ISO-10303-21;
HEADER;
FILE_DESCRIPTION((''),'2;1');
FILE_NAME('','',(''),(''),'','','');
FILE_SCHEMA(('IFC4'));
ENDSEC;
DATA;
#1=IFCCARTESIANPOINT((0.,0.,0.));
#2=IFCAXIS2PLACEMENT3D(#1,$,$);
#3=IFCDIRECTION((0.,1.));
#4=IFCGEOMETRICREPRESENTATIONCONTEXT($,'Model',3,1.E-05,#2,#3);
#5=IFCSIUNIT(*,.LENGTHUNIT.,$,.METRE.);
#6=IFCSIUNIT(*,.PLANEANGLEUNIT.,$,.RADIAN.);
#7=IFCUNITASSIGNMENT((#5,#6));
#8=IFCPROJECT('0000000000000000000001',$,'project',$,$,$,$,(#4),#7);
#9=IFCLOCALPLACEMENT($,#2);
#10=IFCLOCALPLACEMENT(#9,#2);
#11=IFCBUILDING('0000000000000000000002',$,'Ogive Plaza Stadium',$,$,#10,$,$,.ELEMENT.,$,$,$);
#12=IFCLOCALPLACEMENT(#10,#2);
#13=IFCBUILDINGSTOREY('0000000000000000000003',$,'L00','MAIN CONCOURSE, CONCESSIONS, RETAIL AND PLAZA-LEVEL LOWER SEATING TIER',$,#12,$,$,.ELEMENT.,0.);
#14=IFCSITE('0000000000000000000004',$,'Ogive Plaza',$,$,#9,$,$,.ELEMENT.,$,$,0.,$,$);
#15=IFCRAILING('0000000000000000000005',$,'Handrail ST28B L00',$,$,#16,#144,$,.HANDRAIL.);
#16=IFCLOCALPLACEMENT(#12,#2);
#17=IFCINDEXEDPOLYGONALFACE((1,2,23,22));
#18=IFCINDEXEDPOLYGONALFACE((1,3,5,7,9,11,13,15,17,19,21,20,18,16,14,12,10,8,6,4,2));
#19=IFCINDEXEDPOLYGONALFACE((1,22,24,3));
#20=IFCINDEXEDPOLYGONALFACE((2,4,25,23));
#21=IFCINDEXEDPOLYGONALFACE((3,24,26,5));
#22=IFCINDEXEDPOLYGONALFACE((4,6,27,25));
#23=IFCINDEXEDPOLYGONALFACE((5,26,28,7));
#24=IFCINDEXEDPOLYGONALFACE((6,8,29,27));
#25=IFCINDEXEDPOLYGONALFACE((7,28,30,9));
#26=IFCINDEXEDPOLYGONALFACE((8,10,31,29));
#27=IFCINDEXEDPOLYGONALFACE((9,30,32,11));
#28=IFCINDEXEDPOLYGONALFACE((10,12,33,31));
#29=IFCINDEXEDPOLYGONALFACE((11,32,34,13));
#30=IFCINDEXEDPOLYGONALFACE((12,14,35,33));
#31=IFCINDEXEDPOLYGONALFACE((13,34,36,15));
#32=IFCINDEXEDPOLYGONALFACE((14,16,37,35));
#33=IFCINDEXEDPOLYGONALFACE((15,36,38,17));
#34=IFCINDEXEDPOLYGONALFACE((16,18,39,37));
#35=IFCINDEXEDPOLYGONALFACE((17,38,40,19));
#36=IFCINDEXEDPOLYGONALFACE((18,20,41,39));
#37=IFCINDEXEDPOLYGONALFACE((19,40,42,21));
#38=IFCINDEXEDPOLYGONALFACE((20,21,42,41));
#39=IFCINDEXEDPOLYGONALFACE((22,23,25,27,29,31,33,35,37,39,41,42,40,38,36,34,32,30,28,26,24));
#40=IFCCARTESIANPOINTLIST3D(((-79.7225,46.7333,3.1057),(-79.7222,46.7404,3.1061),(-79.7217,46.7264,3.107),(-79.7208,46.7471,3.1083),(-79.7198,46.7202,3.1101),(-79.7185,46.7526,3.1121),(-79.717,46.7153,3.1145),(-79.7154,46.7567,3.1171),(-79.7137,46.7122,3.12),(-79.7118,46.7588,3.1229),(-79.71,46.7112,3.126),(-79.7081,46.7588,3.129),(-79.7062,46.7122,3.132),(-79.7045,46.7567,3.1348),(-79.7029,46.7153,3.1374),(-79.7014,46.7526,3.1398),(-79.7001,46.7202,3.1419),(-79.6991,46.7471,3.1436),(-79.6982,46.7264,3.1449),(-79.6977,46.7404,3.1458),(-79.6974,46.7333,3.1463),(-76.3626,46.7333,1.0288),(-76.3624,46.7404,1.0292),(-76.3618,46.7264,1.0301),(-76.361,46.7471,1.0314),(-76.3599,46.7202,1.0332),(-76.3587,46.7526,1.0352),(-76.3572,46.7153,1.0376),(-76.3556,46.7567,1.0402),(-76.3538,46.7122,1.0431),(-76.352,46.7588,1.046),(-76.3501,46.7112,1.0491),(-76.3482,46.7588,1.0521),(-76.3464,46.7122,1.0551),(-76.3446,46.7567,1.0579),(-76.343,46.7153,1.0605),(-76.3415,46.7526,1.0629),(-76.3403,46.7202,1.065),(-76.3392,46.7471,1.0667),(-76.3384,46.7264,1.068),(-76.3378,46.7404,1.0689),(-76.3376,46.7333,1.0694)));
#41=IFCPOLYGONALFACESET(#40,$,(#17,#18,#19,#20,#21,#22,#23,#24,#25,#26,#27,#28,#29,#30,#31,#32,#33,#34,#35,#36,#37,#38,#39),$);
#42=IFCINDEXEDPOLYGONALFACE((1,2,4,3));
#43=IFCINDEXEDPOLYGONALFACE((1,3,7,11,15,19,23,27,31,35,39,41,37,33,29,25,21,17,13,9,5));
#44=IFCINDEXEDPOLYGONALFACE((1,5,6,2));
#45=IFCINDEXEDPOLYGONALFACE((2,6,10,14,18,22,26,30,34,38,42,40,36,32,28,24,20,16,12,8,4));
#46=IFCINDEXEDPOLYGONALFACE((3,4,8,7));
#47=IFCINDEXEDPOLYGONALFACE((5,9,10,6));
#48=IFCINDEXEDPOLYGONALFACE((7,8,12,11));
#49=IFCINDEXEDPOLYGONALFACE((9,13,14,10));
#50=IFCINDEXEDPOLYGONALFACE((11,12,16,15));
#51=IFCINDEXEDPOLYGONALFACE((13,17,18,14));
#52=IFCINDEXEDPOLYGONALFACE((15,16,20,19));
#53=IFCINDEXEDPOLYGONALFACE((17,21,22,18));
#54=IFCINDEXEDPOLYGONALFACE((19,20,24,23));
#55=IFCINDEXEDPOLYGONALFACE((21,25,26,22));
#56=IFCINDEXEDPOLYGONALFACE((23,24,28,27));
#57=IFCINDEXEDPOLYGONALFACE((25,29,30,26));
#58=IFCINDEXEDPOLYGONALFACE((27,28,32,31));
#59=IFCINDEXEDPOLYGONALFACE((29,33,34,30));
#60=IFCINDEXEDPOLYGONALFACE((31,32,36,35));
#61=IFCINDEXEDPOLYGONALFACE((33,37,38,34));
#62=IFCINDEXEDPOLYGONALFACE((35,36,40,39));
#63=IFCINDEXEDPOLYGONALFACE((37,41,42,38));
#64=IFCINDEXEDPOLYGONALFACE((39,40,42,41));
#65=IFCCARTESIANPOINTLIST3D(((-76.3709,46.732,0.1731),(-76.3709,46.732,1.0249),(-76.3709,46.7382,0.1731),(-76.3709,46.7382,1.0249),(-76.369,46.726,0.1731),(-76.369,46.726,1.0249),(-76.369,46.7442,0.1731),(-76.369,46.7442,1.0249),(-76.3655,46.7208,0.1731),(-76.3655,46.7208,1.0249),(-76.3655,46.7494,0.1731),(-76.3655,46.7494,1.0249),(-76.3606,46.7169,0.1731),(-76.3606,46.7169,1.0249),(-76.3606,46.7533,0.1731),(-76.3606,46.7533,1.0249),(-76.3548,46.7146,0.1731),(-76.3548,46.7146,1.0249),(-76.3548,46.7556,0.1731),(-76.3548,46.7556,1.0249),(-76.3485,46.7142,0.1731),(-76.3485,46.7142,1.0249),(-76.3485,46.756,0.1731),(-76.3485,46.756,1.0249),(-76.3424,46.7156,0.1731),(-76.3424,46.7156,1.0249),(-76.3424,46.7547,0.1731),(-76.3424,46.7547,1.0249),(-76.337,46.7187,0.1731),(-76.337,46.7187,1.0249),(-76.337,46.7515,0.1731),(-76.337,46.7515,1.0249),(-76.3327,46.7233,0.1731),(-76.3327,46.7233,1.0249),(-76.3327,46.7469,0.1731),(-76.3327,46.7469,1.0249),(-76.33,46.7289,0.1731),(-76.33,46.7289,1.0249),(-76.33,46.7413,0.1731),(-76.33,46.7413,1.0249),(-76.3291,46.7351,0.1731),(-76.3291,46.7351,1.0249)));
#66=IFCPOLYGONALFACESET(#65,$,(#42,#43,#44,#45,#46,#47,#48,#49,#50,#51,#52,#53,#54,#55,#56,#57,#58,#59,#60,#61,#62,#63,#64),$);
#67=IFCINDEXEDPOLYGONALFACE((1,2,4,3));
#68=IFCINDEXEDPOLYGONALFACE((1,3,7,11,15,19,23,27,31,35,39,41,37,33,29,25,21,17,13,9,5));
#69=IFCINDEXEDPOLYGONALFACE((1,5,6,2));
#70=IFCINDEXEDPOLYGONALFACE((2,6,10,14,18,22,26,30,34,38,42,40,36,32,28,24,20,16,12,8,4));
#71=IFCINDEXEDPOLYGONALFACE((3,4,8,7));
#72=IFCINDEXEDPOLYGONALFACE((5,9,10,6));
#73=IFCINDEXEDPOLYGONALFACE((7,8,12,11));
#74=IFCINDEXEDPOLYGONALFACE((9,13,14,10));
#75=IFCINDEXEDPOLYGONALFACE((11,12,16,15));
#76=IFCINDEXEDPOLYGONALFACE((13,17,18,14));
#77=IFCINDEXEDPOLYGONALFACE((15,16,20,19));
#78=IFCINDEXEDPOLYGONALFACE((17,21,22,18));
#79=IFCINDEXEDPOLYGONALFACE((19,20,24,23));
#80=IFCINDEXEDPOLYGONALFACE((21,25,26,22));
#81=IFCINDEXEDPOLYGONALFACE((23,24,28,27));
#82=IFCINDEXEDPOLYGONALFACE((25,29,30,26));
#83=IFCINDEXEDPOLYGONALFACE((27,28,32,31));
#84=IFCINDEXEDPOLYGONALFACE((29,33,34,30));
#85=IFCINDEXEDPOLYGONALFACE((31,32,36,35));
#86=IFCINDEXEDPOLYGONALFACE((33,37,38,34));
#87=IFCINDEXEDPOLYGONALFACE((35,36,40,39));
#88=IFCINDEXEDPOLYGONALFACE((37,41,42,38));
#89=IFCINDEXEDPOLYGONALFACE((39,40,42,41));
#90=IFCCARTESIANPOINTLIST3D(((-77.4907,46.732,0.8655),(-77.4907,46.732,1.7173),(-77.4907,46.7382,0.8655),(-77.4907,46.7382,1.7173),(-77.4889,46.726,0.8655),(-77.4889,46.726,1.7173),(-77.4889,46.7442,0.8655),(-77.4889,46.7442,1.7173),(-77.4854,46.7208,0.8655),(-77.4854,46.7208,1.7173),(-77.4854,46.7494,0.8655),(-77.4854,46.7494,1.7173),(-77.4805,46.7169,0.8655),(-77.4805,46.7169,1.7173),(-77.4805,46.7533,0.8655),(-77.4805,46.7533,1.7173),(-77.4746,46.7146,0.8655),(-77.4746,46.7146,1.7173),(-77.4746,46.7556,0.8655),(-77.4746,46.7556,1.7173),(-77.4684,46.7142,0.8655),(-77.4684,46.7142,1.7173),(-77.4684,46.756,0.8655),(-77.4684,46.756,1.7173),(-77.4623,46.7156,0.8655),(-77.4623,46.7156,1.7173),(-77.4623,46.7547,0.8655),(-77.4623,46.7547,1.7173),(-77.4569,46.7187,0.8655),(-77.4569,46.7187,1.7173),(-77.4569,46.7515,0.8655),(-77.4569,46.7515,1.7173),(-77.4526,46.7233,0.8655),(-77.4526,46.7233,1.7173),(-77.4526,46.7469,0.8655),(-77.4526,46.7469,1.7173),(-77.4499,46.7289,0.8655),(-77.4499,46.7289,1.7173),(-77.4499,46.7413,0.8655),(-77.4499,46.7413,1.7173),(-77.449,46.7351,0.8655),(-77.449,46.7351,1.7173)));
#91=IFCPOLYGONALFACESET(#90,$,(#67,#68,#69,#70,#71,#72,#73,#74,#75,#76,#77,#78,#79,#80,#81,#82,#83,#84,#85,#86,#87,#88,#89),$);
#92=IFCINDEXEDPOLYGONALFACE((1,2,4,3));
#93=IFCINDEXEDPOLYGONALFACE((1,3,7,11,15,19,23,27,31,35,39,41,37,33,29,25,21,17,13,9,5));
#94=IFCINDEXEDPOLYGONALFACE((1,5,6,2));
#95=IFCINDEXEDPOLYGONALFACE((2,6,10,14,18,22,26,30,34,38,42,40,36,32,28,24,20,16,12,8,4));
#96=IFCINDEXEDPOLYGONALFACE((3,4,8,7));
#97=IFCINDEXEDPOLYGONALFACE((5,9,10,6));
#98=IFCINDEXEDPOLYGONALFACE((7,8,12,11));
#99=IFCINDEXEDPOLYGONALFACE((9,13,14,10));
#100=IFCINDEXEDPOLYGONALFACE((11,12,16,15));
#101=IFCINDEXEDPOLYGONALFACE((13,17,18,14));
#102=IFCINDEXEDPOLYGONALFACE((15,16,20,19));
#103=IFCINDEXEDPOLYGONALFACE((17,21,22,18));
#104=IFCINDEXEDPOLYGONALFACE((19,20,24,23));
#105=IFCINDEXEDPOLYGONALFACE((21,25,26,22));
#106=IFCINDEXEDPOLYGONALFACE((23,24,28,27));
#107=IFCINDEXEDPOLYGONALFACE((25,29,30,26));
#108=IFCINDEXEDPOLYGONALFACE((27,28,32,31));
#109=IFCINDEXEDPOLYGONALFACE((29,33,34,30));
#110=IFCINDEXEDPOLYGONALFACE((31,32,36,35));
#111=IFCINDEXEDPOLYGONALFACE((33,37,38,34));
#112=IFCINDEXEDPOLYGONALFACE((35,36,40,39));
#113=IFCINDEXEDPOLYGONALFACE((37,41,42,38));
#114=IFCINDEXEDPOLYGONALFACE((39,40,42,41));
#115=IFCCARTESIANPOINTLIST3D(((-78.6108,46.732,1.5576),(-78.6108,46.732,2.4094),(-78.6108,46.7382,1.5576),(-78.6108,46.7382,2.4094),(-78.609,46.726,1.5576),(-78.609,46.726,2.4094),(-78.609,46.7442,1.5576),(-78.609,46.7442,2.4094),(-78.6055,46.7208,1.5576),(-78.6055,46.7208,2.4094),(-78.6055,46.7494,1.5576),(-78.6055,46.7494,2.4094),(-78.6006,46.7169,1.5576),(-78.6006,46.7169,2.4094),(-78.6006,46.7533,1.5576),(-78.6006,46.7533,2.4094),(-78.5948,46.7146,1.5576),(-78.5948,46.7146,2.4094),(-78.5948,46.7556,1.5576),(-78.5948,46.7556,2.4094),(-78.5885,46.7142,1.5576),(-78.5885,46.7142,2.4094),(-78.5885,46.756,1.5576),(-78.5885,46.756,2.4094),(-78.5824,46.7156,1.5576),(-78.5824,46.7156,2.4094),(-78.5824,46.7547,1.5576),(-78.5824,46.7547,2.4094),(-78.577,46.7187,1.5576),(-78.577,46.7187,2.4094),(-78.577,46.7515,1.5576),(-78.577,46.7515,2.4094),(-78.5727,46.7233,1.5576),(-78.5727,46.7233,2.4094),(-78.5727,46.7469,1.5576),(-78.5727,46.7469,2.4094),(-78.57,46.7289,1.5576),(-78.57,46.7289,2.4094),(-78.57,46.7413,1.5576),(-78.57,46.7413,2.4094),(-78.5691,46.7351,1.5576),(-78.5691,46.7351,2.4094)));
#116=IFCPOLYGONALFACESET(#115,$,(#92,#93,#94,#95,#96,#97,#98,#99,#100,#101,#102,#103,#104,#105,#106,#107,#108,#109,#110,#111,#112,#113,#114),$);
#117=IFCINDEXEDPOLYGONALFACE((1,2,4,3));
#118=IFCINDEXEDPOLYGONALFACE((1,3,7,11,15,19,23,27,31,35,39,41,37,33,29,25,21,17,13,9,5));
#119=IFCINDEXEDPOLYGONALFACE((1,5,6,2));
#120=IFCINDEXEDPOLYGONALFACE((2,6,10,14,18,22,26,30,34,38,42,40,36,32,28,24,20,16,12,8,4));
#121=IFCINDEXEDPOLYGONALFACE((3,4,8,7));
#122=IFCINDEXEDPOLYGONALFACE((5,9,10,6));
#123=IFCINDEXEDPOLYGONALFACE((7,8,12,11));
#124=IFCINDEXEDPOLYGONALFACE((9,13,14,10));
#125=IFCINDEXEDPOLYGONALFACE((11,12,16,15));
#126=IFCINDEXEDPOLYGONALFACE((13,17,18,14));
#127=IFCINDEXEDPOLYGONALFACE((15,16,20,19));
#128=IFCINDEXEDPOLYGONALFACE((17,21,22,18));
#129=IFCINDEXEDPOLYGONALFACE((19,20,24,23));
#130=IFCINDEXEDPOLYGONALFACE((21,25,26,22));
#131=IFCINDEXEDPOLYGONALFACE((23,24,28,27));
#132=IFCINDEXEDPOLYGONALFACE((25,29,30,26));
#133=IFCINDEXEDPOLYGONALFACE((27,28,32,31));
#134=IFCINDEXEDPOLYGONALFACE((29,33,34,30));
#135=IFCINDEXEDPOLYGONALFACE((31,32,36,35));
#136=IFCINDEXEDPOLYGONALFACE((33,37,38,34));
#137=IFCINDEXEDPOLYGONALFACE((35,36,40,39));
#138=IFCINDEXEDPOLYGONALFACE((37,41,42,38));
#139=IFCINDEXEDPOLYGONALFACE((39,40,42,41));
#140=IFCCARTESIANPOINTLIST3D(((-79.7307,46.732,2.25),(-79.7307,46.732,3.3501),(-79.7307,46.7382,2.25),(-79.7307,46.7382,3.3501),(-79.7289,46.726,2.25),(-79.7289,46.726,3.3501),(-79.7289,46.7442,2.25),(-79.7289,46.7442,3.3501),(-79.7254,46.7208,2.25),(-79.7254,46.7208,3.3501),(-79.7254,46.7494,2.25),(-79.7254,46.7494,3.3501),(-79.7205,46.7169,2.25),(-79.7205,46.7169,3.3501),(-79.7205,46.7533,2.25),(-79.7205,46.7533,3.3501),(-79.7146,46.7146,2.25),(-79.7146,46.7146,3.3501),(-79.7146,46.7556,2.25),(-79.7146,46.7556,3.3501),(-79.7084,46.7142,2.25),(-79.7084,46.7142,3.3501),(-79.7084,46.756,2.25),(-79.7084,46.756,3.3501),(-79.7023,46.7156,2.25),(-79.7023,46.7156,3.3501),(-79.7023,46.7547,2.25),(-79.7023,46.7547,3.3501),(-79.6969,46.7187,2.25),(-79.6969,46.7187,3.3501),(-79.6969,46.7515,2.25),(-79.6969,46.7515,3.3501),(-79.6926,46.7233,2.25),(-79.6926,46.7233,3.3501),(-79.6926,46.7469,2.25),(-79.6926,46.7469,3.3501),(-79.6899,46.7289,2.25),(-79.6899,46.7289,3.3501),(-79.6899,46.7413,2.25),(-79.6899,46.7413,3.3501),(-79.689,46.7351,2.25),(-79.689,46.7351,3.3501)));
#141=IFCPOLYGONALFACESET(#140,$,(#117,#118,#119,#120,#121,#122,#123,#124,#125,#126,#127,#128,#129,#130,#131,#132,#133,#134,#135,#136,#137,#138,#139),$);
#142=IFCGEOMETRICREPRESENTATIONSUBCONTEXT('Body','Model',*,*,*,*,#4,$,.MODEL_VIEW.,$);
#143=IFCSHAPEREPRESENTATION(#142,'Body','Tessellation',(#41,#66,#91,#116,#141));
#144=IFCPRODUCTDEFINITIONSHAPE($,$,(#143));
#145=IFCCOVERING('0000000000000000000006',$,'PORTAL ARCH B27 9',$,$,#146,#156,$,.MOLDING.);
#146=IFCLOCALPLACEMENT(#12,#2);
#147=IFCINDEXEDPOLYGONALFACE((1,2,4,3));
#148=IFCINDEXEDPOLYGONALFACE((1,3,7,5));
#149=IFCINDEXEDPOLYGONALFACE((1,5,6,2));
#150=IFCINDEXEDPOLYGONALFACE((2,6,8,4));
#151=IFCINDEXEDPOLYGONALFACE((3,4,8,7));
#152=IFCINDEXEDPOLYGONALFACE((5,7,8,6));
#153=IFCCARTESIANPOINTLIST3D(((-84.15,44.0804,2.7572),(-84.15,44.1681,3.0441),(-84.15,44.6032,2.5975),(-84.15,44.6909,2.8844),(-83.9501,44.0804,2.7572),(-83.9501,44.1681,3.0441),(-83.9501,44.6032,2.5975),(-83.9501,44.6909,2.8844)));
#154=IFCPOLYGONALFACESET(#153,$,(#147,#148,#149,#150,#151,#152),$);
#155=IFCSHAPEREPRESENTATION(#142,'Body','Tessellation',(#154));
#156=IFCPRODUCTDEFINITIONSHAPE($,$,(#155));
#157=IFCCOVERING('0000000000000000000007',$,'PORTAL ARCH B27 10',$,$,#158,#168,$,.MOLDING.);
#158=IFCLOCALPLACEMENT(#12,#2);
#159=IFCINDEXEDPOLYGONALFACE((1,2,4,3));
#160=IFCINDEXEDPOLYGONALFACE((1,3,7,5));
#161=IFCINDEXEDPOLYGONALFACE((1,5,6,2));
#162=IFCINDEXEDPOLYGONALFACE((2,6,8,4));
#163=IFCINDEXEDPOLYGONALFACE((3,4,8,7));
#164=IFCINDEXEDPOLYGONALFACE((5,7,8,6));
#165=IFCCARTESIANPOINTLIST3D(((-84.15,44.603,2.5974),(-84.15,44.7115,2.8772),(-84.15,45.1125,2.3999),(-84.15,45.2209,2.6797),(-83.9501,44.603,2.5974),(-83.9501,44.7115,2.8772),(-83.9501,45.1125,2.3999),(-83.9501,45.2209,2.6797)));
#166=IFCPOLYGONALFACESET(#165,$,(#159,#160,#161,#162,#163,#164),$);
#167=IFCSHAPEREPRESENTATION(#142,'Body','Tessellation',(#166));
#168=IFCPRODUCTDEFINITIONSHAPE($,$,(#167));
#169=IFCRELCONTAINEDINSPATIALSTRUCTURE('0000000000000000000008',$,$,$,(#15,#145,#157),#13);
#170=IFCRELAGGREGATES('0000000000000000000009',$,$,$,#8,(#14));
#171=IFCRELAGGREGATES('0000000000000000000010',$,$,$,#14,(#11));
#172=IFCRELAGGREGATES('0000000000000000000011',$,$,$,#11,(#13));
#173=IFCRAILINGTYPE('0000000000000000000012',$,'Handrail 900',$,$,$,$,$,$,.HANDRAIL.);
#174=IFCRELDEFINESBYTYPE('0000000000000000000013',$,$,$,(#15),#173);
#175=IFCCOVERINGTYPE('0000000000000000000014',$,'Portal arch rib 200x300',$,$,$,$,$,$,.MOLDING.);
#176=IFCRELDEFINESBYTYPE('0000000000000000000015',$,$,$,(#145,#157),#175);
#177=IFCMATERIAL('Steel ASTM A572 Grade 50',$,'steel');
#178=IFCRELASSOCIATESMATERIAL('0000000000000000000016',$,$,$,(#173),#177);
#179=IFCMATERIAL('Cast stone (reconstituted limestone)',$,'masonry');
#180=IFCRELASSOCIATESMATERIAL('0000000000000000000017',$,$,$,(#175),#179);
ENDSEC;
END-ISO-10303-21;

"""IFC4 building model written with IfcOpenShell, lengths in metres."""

from ifc_helpers import new_model, si_unit, direction, frame, origin, origin_2d, place, context, subcontext, project, spatial, rectangle, circle, extrude, material, material_profile, profile_set, type_object, element, save


model = new_model("IFC4")

# Units and contexts
model_context = context("Model", 3, precision=1e-05, world=origin(), true_north=direction((0.0, 1.0)))
body_context = subcontext(model_context, "Body", "Model", "MODEL_VIEW")
ifc_project = project(units=[si_unit("LENGTHUNIT", "METRE"), si_unit("PLANEANGLEUNIT", "RADIAN")], contexts=[model_context])

# Site, building, storey
site_placement = place(None, origin())
site = spatial("IfcSite", under=ifc_project, at=site_placement, Name="Ogive Plaza", CompositionType="ELEMENT", RefElevation=0.0)
building_placement = place(site_placement, origin())
building = spatial("IfcBuilding", under=site, at=building_placement, Name="Ogive Plaza Stadium", CompositionType="ELEMENT")
storey_placement = place(building_placement, origin())
storey = spatial("IfcBuildingStorey", under=building, at=storey_placement, Name="L00", Description="MAIN CONCOURSE, CONCESSIONS, RETAIL AND PLAZA-LEVEL LOWER SEATING TIER", CompositionType="ELEMENT", Elevation=0.0)

# Railing
ifc_material_1 = material(Name="Steel ASTM A572 Grade 50", Category="steel")
railing_type_1 = type_object("IfcRailingType", Name="Handrail 900", PredefinedType="HANDRAIL", material=ifc_material_1)
for number, where, name in (
    (1, (-76.3501, 46.7351, 0.1731), "Handrail ST28B L00"),
):
    element("IfcRailing", number, at=place(storey_placement, frame(where)), inside=storey, type_object=railing_type_1, Name=name, PredefinedType="HANDRAIL", context=body_context, shape_type="SweptSolid", body=[
        extrude(circle(Radius=0.0239, at=origin_2d()), frame((0.0, 0.0, 0.876), z_axis=(-0.850606, 0.0, 0.525803), x_axis=(0.0, -1.0, 0.0)), (0.0, 0.0, 1.0), 3.95),
        extrude(circle(Radius=0.021, at=origin_2d()), origin(), (0.0, 0.0, 1.0), 0.8518),
        extrude(circle(Radius=0.021, at=origin_2d()), frame((-1.1199, 0.0, 0.6924)), (0.0, 0.0, 1.0), 0.8518),
        extrude(circle(Radius=0.021, at=origin_2d()), frame((-2.24, 0.0, 1.3845)), (0.0, 0.0, 1.0), 0.8518),
        extrude(circle(Radius=0.021, at=origin_2d()), frame((-3.3599, 0.0, 2.0769)), (0.0, 0.0, 1.0), 1.1001),
    ])

# Coverings
ifc_material_2 = material(Name="Cast stone (reconstituted limestone)", Category="masonry")
ifc_material_profile_1 = material_profile(ifc_material_2, rectangle(XDim=0.2, YDim=0.3, at=origin_2d()), Name="Cast stone 200x300")
ifc_profile_set_1 = profile_set([ifc_material_profile_1], Name="Cast stone (reconstituted limestone)")
covering_type = type_object("IfcCoveringType", Name="Portal arch rib 200x300", PredefinedType="MOLDING", material=ifc_profile_set_1)
covering_1_placement = place(storey_placement, frame((-84.05, 44.1243, 2.9006), z_axis=(0.0, 0.956376, -0.292139), x_axis=(-1.0, 0.0, 0.0)))
element("IfcCovering", 2, at=covering_1_placement, inside=storey, type_object=covering_type, Name="PORTAL ARCH B27 9", PredefinedType="MOLDING", context=body_context, shape_type="SweptSolid", body=[
    extrude(rectangle(XDim=0.2, YDim=0.3, at=origin_2d()), origin(), (0.0, 0.0, 1.0), 0.5466),
])
covering_2_placement = place(storey_placement, frame((-84.05, 44.6572, 2.7373), z_axis=(0.0, 0.932398, -0.361433), x_axis=(-1.0, 0.0, 0.0)))
element("IfcCovering", 3, at=covering_2_placement, inside=storey, type_object=covering_type, Name="PORTAL ARCH B27 10", PredefinedType="MOLDING", context=body_context, shape_type="SweptSolid", body=[
    extrude(rectangle(XDim=0.2, YDim=0.3, at=origin_2d()), origin(), (0.0, 0.0, 1.0), 0.5464),
])

save(model, "model.ifc")
